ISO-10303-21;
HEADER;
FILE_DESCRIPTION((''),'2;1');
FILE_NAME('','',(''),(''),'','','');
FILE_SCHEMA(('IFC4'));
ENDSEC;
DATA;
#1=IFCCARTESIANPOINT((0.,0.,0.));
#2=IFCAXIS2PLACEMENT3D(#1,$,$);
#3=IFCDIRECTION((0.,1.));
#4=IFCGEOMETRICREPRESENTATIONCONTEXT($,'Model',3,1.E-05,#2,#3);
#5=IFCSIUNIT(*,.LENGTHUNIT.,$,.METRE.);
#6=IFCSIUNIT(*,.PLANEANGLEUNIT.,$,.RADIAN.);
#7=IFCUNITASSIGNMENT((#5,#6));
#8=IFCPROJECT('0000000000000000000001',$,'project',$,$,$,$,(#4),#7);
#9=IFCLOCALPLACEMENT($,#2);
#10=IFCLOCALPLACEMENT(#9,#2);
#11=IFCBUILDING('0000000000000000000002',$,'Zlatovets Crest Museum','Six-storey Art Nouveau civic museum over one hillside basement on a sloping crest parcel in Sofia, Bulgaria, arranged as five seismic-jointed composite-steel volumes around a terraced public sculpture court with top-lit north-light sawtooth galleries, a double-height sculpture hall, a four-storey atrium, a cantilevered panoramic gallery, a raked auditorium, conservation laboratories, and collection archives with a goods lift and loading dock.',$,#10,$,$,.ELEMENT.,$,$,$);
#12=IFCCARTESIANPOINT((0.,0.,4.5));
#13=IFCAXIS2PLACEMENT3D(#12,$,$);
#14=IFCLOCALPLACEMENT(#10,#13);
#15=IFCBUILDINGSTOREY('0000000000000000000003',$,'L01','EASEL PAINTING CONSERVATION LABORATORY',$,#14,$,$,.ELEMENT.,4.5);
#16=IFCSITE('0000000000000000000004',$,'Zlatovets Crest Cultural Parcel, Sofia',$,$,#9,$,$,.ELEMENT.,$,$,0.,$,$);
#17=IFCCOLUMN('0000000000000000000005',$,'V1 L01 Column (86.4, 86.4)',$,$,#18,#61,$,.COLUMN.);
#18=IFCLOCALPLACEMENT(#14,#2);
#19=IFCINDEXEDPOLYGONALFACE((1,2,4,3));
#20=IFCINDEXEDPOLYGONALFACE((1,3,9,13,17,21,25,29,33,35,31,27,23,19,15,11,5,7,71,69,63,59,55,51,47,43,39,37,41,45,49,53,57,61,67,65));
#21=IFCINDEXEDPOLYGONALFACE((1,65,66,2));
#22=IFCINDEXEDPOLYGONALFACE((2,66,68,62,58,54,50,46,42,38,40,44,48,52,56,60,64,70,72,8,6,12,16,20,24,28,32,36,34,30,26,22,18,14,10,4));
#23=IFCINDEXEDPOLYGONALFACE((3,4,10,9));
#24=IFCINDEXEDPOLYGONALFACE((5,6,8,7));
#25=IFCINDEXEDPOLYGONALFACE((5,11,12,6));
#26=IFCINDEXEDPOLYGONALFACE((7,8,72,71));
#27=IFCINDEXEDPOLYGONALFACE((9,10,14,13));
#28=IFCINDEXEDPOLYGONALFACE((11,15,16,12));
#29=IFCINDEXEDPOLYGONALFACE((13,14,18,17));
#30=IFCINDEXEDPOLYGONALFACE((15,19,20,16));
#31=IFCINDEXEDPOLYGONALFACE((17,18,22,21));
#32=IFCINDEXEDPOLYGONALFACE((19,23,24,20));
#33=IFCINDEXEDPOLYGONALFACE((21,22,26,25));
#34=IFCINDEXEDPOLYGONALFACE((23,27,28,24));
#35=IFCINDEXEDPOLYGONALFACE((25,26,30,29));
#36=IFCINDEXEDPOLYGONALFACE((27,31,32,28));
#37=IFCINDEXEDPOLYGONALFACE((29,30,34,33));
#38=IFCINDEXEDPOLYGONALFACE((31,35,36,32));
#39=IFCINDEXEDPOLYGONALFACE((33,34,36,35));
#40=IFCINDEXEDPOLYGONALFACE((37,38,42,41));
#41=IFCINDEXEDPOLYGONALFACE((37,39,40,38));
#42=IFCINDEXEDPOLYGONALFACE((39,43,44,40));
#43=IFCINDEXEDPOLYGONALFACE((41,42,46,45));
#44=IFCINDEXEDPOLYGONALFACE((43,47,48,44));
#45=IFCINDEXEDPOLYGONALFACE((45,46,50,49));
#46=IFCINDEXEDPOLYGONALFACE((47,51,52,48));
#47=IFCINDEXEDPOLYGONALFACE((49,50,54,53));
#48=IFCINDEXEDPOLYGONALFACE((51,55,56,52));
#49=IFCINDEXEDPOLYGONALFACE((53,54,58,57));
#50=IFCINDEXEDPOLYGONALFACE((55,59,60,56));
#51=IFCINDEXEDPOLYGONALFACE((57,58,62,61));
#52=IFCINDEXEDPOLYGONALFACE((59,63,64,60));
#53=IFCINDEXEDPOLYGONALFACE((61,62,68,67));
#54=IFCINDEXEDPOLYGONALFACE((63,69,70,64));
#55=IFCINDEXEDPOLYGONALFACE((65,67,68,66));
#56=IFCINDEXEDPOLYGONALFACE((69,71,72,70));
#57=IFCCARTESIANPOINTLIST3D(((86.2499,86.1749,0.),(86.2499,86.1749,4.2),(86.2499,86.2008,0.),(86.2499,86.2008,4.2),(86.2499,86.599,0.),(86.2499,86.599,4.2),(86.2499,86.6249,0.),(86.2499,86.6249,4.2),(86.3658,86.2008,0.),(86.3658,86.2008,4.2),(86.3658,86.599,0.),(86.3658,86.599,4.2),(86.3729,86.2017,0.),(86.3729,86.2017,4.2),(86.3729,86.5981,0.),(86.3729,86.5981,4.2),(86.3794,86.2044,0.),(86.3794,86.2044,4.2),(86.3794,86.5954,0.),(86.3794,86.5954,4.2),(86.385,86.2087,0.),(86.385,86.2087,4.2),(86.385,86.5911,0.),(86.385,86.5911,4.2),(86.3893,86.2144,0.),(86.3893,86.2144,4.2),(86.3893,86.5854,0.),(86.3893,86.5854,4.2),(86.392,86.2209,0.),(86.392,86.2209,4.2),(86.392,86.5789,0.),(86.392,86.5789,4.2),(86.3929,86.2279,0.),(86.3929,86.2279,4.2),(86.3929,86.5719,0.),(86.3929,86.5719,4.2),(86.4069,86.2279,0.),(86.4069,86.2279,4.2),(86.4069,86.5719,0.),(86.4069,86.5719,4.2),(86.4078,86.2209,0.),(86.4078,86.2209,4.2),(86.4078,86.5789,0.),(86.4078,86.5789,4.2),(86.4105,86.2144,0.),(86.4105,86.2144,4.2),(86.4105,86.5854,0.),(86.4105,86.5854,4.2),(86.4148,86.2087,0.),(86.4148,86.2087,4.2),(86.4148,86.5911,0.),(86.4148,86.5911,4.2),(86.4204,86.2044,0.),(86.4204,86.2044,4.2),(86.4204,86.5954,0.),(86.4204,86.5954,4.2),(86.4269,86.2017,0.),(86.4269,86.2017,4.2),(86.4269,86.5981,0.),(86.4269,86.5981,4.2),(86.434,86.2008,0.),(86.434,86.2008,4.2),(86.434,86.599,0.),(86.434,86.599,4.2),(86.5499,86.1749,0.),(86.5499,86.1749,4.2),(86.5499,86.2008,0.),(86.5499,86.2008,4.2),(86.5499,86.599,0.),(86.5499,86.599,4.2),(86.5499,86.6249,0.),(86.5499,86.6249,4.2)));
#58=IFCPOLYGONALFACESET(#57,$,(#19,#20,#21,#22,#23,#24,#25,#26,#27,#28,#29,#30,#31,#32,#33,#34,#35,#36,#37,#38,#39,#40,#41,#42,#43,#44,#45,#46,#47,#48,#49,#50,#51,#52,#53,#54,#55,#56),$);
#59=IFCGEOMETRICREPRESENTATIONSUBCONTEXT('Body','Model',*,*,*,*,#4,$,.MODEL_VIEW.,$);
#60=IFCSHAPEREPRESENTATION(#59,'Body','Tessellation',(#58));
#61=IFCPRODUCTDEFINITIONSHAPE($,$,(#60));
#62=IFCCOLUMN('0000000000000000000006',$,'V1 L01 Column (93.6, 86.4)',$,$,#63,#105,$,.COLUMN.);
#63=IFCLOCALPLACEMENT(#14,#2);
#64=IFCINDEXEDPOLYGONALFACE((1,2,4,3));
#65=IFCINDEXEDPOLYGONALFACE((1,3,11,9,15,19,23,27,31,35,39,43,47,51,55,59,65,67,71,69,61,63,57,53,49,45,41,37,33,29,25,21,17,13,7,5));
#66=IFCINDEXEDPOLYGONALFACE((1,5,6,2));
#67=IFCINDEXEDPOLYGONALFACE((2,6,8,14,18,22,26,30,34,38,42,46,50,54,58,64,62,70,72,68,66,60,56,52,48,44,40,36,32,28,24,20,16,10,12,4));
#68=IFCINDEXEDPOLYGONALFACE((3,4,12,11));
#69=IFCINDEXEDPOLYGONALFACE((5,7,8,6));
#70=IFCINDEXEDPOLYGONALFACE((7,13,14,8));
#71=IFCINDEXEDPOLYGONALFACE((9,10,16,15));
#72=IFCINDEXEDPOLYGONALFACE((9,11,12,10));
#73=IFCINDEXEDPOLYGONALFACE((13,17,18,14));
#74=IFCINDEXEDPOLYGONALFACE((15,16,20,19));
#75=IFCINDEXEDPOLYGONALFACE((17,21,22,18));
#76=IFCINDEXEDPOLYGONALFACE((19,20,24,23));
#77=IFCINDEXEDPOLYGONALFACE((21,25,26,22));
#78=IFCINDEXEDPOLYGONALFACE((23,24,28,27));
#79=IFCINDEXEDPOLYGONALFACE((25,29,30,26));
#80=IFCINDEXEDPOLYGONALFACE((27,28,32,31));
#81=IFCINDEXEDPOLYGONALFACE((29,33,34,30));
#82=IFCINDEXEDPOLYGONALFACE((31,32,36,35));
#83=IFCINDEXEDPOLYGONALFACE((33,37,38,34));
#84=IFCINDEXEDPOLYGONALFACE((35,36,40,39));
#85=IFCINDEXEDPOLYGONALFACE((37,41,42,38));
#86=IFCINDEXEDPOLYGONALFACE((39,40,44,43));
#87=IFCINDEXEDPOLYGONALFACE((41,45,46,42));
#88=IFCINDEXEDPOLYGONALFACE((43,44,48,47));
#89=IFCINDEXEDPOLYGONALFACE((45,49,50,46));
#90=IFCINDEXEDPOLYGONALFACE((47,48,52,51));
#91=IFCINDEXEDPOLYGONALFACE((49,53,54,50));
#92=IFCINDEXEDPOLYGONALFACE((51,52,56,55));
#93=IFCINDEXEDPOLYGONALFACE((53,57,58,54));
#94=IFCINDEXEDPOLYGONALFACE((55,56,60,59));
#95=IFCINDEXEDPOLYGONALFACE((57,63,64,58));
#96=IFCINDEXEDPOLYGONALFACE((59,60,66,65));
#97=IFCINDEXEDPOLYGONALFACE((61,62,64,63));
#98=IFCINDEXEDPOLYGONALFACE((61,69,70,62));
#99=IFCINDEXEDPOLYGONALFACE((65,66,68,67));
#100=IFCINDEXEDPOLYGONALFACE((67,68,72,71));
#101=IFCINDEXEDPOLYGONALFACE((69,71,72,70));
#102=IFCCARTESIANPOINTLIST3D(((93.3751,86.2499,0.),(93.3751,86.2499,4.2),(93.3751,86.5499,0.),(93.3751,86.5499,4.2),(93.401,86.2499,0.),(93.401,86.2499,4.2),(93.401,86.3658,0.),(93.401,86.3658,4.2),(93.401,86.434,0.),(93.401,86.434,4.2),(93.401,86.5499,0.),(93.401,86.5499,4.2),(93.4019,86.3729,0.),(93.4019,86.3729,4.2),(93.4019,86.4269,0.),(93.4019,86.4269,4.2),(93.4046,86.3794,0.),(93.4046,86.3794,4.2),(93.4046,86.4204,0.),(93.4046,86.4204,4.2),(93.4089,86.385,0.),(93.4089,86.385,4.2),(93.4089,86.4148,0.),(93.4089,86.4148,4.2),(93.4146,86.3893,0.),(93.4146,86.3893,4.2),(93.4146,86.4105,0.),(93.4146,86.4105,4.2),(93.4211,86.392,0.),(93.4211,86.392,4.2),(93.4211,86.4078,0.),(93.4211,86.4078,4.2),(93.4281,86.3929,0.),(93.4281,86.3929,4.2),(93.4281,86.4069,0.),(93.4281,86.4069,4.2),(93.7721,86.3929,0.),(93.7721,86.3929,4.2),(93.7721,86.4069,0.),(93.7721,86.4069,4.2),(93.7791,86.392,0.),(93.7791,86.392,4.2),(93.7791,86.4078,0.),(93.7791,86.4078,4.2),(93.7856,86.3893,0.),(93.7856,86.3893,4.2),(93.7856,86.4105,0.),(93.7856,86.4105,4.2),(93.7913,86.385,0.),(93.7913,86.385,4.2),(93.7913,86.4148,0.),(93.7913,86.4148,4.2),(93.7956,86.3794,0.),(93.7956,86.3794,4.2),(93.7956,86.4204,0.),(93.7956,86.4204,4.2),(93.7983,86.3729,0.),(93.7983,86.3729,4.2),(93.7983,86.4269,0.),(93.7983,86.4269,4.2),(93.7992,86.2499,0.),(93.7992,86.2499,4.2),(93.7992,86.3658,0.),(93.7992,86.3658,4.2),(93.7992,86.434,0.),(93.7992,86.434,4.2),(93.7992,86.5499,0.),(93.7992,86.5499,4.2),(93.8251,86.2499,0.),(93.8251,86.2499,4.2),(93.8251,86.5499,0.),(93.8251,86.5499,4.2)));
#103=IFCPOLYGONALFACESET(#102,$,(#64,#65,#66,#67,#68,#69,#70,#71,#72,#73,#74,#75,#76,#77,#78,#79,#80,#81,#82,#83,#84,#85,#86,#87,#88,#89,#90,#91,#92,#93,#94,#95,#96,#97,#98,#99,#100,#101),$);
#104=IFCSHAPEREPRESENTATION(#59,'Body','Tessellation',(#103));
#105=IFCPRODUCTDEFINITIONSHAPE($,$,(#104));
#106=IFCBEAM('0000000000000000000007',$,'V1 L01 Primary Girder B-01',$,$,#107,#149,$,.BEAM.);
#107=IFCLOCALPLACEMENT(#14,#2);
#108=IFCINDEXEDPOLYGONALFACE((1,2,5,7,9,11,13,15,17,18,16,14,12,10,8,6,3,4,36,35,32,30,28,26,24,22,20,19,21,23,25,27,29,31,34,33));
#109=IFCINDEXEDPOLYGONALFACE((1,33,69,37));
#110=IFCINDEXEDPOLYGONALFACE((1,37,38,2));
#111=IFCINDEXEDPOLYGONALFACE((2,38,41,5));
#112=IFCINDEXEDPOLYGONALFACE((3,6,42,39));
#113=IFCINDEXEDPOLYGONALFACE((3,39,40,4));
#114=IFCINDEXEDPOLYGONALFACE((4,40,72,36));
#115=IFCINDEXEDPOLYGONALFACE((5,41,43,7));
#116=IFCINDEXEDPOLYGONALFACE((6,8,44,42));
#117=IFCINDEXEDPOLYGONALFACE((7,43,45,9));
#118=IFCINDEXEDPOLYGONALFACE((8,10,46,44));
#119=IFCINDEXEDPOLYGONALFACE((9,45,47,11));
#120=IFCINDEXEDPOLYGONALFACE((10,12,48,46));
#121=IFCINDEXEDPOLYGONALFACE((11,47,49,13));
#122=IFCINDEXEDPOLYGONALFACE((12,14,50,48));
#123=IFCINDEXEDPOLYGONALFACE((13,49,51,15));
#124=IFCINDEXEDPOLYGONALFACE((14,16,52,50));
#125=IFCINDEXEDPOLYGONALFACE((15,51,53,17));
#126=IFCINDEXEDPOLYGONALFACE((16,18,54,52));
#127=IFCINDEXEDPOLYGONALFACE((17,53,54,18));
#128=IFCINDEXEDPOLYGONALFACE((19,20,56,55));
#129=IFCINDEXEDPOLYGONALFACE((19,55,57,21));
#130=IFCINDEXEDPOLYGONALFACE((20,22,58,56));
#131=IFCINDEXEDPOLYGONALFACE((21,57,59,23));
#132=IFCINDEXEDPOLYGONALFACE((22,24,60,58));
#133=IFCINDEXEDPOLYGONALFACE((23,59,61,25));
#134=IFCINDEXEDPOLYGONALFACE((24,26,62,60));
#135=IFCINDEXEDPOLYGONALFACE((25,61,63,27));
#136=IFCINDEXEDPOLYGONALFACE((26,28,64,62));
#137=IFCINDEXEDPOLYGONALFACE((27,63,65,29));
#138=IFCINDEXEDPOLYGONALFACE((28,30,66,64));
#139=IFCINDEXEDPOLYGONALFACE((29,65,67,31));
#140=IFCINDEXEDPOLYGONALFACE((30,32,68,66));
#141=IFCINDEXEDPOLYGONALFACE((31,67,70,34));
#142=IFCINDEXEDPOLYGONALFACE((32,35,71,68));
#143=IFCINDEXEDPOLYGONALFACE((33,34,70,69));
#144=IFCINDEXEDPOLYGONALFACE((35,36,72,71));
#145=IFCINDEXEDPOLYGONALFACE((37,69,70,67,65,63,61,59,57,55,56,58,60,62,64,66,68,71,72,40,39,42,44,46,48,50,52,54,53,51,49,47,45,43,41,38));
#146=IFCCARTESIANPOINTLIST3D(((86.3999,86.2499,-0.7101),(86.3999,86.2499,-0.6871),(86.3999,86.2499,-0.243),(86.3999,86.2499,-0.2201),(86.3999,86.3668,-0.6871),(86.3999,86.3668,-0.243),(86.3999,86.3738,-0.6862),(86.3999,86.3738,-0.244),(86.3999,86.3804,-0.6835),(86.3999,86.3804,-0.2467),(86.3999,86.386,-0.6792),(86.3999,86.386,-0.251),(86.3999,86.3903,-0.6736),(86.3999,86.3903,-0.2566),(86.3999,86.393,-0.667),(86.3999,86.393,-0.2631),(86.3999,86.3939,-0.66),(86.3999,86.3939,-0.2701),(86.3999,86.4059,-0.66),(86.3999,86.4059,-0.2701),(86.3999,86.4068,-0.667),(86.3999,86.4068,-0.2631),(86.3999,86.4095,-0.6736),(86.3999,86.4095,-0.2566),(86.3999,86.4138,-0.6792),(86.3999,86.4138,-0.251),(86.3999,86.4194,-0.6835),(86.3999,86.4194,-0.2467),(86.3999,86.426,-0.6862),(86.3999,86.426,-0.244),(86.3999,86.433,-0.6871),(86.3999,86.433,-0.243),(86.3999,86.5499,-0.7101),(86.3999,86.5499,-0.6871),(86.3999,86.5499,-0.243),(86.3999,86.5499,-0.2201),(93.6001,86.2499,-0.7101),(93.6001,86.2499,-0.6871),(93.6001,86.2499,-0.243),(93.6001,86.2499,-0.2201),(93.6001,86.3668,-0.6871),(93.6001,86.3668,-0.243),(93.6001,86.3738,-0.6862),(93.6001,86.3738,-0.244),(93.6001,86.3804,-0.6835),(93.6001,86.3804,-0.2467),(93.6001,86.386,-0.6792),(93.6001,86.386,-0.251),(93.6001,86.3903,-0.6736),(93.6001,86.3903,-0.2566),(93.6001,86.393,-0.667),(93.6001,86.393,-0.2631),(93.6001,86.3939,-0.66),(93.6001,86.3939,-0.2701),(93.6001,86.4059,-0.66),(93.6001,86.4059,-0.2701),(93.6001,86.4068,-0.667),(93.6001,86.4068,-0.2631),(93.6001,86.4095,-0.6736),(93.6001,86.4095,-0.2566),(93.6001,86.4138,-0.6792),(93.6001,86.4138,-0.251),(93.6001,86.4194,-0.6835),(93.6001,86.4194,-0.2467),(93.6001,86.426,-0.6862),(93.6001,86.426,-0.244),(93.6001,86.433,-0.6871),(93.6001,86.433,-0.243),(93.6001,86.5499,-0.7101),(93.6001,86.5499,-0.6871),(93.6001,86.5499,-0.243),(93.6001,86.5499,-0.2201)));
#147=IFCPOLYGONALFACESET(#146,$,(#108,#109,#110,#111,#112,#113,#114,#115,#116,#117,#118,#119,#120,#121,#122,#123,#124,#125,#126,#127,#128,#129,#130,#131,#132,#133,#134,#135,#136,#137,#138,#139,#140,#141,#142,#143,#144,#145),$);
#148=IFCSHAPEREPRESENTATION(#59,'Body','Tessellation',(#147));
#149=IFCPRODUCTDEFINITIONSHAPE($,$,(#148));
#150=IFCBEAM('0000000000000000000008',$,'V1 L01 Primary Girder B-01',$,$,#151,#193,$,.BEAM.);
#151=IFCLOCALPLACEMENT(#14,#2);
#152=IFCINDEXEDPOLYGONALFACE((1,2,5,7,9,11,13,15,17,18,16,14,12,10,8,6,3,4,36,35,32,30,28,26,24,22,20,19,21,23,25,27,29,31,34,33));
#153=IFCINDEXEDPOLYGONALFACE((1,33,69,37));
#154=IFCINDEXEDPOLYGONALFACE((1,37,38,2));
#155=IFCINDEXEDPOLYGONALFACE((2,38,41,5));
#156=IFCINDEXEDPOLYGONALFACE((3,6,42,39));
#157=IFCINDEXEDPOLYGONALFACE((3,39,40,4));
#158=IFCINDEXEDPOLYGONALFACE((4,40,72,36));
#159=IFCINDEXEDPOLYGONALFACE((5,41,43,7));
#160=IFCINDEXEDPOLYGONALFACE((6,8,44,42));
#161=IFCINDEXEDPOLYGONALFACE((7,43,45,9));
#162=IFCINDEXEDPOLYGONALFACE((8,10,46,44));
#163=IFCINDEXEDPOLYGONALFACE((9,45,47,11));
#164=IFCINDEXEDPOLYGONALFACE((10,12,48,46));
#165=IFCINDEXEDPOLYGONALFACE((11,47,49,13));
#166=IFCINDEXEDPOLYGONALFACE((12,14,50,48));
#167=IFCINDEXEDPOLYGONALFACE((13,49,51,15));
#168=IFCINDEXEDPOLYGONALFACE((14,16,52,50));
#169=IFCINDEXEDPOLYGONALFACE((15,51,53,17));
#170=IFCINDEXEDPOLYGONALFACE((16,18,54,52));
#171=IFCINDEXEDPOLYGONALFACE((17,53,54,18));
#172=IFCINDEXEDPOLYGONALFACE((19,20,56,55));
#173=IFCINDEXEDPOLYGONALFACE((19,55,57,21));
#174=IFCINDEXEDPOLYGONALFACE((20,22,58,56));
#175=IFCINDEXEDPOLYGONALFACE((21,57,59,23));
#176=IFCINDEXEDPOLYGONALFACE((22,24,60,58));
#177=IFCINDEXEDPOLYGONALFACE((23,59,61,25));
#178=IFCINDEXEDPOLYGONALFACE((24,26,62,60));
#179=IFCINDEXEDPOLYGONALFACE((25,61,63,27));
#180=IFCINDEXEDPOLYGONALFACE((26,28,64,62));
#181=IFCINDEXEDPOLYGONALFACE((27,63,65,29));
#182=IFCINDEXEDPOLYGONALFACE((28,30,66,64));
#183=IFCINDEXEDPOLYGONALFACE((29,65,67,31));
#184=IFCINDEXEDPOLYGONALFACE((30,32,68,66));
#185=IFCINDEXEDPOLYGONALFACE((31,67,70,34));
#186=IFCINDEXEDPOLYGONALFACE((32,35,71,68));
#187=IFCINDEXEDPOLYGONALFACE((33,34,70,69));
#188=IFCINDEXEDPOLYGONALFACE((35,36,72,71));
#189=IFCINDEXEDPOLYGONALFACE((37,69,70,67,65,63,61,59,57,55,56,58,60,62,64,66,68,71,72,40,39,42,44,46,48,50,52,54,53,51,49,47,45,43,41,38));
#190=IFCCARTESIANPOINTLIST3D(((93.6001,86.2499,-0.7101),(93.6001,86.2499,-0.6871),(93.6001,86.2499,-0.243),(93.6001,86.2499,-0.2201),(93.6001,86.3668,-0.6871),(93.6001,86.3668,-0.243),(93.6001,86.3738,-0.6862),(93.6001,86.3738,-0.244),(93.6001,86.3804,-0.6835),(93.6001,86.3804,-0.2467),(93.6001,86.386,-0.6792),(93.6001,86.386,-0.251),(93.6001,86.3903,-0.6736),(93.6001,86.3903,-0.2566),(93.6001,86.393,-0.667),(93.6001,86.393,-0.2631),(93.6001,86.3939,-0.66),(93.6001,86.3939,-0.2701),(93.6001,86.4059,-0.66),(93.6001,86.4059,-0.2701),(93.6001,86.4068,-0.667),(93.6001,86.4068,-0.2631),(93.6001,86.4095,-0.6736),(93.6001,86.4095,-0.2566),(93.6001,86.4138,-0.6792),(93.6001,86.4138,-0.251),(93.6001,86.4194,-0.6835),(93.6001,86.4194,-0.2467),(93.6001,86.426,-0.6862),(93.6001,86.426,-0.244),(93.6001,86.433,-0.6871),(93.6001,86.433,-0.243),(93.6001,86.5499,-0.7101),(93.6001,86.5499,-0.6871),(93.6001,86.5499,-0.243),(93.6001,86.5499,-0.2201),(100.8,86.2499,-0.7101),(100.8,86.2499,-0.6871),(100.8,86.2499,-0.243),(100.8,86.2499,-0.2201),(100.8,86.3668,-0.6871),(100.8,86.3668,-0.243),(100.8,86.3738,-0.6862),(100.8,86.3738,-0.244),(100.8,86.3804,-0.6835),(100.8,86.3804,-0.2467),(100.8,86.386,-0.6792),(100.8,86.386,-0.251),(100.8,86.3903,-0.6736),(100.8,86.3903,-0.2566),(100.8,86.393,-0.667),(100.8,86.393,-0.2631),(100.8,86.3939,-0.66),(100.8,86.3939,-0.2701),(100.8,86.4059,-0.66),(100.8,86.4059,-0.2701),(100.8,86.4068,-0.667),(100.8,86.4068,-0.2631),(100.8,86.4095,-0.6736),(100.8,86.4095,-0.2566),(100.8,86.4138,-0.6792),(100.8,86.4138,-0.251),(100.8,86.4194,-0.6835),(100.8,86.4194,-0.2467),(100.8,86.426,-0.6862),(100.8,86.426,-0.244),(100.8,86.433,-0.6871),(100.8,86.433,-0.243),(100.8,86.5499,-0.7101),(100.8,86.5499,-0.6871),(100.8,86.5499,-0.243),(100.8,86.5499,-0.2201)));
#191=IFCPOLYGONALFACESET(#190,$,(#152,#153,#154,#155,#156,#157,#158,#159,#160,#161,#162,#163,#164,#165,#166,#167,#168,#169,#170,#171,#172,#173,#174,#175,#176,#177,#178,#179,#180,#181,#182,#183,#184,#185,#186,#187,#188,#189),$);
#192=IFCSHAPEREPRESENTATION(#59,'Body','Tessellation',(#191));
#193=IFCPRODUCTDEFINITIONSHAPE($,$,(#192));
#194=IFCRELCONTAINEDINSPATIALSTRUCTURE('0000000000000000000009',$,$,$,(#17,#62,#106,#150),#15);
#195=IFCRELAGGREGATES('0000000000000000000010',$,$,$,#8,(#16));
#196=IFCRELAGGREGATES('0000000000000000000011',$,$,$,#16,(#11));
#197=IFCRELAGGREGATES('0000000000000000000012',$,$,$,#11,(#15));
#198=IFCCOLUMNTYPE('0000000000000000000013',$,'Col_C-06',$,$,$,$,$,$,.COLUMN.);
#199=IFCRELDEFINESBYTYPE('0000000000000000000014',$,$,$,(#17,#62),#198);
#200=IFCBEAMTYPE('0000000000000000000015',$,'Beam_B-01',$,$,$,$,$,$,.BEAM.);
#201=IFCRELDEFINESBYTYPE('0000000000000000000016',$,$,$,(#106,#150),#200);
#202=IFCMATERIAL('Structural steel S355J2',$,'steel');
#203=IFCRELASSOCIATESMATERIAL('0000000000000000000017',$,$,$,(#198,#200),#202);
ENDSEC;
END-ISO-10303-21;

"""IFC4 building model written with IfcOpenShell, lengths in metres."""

from ifc_helpers import new_model, si_unit, direction, frame, origin, origin_2d, place, context, subcontext, project, spatial, i_section, extrude, material, material_profile, profile_set, type_object, element, save


model = new_model("IFC4")

# Units and contexts
model_context = context("Model", 3, precision=1e-05, world=origin(), true_north=direction((0.0, 1.0)))
body_context = subcontext(model_context, "Body", "Model", "MODEL_VIEW")
ifc_project = project(units=[si_unit("LENGTHUNIT", "METRE"), si_unit("PLANEANGLEUNIT", "RADIAN")], contexts=[model_context])

# Site, building, storey
site_placement = place(None, origin())
site = spatial("IfcSite", under=ifc_project, at=site_placement, Name="Zlatovets Crest Cultural Parcel, Sofia", CompositionType="ELEMENT", RefElevation=0.0)
building_placement = place(site_placement, origin())
building = spatial("IfcBuilding", under=site, at=building_placement, Name="Zlatovets Crest Museum", Description="Six-storey Art Nouveau civic museum over one hillside basement on a sloping crest parcel in Sofia, Bulgaria, arranged as five seismic-jointed composite-steel volumes around a terraced public sculpture court with top-lit north-light sawtooth galleries, a double-height sculpture hall, a four-storey atrium, a cantilevered panoramic gallery, a raked auditorium, conservation laboratories, and collection archives with a goods lift and loading dock.", CompositionType="ELEMENT")
storey_placement = place(building_placement, frame((0.0, 0.0, 4.5)))
storey = spatial("IfcBuildingStorey", under=building, at=storey_placement, Name="L01", Description="EASEL PAINTING CONSERVATION LABORATORY", CompositionType="ELEMENT", Elevation=4.5)

# Columns
ifc_material_1 = material(Name="Structural steel S355J2", Category="steel")
ifc_material_profile_1 = material_profile(ifc_material_1, i_section(OverallWidth=0.3, OverallDepth=0.45, WebThickness=0.0139, FlangeThickness=0.0259, FilletRadius=0.0271, at=origin_2d()), Name="HEB 450")
ifc_profile_set_1 = profile_set([ifc_material_profile_1], Name="Structural steel S355J2")
column_type = type_object("IfcColumnType", Name="Col_C-06", PredefinedType="COLUMN", material=ifc_profile_set_1)
for number, where, z_axis, x_axis, name in (
    (1, (86.3999, 86.3999, 0.0), (0.0, 0.0, 1.0), (1.0, 0.0, 0.0), "V1 L01 Column (86.4, 86.4)"),
    (2, (93.6001, 86.3999, 0.0), (0.0, 0.0, 1.0), (0.0, 1.0, 0.0), "V1 L01 Column (93.6, 86.4)"),
):
    element("IfcColumn", number, at=place(storey_placement, frame(where, z_axis=z_axis, x_axis=x_axis)), inside=storey, type_object=column_type, Name=name, PredefinedType="COLUMN", context=body_context, shape_type="SweptSolid", body=[
        extrude(i_section(OverallWidth=0.3, OverallDepth=0.45, WebThickness=0.0139, FlangeThickness=0.0259, FilletRadius=0.0271, at=origin_2d()), origin(), (0.0, 0.0, 1.0), 4.2),
    ])

# Beams
ifc_material_profile_2 = material_profile(ifc_material_1, i_section(OverallWidth=0.3, OverallDepth=0.49, WebThickness=0.012, FlangeThickness=0.0229, FilletRadius=0.0271, at=origin_2d()), Name="HEA 500")
ifc_profile_set_2 = profile_set([ifc_material_profile_2], Name="Structural steel S355J2")
beam_type_1 = type_object("IfcBeamType", Name="Beam_B-01", PredefinedType="BEAM", material=ifc_profile_set_2)
beam_1_placement = place(storey_placement, frame((86.3999, 86.3999, -0.4651), z_axis=(1.0, 0.0, 0.0), x_axis=(0.0, 1.0, 0.0)))
element("IfcBeam", 3, at=beam_1_placement, inside=storey, type_object=beam_type_1, Name="V1 L01 Primary Girder B-01", PredefinedType="BEAM", context=body_context, shape_type="SweptSolid", body=[
    extrude(i_section(OverallWidth=0.3, OverallDepth=0.49, WebThickness=0.012, FlangeThickness=0.0229, FilletRadius=0.0271, at=origin_2d()), origin(), (0.0, 0.0, 1.0), 7.2002),
])
beam_2_placement = place(storey_placement, frame((93.6001, 86.3999, -0.4651), z_axis=(1.0, 0.0, 0.0), x_axis=(0.0, 1.0, 0.0)))
element("IfcBeam", 4, at=beam_2_placement, inside=storey, type_object=beam_type_1, Name="V1 L01 Primary Girder B-01", PredefinedType="BEAM", context=body_context, shape_type="SweptSolid", body=[
    extrude(i_section(OverallWidth=0.3, OverallDepth=0.49, WebThickness=0.012, FlangeThickness=0.0229, FilletRadius=0.0271, at=origin_2d()), origin(), (0.0, 0.0, 1.0), 7.2),
])

save(model, "model.ifc")
